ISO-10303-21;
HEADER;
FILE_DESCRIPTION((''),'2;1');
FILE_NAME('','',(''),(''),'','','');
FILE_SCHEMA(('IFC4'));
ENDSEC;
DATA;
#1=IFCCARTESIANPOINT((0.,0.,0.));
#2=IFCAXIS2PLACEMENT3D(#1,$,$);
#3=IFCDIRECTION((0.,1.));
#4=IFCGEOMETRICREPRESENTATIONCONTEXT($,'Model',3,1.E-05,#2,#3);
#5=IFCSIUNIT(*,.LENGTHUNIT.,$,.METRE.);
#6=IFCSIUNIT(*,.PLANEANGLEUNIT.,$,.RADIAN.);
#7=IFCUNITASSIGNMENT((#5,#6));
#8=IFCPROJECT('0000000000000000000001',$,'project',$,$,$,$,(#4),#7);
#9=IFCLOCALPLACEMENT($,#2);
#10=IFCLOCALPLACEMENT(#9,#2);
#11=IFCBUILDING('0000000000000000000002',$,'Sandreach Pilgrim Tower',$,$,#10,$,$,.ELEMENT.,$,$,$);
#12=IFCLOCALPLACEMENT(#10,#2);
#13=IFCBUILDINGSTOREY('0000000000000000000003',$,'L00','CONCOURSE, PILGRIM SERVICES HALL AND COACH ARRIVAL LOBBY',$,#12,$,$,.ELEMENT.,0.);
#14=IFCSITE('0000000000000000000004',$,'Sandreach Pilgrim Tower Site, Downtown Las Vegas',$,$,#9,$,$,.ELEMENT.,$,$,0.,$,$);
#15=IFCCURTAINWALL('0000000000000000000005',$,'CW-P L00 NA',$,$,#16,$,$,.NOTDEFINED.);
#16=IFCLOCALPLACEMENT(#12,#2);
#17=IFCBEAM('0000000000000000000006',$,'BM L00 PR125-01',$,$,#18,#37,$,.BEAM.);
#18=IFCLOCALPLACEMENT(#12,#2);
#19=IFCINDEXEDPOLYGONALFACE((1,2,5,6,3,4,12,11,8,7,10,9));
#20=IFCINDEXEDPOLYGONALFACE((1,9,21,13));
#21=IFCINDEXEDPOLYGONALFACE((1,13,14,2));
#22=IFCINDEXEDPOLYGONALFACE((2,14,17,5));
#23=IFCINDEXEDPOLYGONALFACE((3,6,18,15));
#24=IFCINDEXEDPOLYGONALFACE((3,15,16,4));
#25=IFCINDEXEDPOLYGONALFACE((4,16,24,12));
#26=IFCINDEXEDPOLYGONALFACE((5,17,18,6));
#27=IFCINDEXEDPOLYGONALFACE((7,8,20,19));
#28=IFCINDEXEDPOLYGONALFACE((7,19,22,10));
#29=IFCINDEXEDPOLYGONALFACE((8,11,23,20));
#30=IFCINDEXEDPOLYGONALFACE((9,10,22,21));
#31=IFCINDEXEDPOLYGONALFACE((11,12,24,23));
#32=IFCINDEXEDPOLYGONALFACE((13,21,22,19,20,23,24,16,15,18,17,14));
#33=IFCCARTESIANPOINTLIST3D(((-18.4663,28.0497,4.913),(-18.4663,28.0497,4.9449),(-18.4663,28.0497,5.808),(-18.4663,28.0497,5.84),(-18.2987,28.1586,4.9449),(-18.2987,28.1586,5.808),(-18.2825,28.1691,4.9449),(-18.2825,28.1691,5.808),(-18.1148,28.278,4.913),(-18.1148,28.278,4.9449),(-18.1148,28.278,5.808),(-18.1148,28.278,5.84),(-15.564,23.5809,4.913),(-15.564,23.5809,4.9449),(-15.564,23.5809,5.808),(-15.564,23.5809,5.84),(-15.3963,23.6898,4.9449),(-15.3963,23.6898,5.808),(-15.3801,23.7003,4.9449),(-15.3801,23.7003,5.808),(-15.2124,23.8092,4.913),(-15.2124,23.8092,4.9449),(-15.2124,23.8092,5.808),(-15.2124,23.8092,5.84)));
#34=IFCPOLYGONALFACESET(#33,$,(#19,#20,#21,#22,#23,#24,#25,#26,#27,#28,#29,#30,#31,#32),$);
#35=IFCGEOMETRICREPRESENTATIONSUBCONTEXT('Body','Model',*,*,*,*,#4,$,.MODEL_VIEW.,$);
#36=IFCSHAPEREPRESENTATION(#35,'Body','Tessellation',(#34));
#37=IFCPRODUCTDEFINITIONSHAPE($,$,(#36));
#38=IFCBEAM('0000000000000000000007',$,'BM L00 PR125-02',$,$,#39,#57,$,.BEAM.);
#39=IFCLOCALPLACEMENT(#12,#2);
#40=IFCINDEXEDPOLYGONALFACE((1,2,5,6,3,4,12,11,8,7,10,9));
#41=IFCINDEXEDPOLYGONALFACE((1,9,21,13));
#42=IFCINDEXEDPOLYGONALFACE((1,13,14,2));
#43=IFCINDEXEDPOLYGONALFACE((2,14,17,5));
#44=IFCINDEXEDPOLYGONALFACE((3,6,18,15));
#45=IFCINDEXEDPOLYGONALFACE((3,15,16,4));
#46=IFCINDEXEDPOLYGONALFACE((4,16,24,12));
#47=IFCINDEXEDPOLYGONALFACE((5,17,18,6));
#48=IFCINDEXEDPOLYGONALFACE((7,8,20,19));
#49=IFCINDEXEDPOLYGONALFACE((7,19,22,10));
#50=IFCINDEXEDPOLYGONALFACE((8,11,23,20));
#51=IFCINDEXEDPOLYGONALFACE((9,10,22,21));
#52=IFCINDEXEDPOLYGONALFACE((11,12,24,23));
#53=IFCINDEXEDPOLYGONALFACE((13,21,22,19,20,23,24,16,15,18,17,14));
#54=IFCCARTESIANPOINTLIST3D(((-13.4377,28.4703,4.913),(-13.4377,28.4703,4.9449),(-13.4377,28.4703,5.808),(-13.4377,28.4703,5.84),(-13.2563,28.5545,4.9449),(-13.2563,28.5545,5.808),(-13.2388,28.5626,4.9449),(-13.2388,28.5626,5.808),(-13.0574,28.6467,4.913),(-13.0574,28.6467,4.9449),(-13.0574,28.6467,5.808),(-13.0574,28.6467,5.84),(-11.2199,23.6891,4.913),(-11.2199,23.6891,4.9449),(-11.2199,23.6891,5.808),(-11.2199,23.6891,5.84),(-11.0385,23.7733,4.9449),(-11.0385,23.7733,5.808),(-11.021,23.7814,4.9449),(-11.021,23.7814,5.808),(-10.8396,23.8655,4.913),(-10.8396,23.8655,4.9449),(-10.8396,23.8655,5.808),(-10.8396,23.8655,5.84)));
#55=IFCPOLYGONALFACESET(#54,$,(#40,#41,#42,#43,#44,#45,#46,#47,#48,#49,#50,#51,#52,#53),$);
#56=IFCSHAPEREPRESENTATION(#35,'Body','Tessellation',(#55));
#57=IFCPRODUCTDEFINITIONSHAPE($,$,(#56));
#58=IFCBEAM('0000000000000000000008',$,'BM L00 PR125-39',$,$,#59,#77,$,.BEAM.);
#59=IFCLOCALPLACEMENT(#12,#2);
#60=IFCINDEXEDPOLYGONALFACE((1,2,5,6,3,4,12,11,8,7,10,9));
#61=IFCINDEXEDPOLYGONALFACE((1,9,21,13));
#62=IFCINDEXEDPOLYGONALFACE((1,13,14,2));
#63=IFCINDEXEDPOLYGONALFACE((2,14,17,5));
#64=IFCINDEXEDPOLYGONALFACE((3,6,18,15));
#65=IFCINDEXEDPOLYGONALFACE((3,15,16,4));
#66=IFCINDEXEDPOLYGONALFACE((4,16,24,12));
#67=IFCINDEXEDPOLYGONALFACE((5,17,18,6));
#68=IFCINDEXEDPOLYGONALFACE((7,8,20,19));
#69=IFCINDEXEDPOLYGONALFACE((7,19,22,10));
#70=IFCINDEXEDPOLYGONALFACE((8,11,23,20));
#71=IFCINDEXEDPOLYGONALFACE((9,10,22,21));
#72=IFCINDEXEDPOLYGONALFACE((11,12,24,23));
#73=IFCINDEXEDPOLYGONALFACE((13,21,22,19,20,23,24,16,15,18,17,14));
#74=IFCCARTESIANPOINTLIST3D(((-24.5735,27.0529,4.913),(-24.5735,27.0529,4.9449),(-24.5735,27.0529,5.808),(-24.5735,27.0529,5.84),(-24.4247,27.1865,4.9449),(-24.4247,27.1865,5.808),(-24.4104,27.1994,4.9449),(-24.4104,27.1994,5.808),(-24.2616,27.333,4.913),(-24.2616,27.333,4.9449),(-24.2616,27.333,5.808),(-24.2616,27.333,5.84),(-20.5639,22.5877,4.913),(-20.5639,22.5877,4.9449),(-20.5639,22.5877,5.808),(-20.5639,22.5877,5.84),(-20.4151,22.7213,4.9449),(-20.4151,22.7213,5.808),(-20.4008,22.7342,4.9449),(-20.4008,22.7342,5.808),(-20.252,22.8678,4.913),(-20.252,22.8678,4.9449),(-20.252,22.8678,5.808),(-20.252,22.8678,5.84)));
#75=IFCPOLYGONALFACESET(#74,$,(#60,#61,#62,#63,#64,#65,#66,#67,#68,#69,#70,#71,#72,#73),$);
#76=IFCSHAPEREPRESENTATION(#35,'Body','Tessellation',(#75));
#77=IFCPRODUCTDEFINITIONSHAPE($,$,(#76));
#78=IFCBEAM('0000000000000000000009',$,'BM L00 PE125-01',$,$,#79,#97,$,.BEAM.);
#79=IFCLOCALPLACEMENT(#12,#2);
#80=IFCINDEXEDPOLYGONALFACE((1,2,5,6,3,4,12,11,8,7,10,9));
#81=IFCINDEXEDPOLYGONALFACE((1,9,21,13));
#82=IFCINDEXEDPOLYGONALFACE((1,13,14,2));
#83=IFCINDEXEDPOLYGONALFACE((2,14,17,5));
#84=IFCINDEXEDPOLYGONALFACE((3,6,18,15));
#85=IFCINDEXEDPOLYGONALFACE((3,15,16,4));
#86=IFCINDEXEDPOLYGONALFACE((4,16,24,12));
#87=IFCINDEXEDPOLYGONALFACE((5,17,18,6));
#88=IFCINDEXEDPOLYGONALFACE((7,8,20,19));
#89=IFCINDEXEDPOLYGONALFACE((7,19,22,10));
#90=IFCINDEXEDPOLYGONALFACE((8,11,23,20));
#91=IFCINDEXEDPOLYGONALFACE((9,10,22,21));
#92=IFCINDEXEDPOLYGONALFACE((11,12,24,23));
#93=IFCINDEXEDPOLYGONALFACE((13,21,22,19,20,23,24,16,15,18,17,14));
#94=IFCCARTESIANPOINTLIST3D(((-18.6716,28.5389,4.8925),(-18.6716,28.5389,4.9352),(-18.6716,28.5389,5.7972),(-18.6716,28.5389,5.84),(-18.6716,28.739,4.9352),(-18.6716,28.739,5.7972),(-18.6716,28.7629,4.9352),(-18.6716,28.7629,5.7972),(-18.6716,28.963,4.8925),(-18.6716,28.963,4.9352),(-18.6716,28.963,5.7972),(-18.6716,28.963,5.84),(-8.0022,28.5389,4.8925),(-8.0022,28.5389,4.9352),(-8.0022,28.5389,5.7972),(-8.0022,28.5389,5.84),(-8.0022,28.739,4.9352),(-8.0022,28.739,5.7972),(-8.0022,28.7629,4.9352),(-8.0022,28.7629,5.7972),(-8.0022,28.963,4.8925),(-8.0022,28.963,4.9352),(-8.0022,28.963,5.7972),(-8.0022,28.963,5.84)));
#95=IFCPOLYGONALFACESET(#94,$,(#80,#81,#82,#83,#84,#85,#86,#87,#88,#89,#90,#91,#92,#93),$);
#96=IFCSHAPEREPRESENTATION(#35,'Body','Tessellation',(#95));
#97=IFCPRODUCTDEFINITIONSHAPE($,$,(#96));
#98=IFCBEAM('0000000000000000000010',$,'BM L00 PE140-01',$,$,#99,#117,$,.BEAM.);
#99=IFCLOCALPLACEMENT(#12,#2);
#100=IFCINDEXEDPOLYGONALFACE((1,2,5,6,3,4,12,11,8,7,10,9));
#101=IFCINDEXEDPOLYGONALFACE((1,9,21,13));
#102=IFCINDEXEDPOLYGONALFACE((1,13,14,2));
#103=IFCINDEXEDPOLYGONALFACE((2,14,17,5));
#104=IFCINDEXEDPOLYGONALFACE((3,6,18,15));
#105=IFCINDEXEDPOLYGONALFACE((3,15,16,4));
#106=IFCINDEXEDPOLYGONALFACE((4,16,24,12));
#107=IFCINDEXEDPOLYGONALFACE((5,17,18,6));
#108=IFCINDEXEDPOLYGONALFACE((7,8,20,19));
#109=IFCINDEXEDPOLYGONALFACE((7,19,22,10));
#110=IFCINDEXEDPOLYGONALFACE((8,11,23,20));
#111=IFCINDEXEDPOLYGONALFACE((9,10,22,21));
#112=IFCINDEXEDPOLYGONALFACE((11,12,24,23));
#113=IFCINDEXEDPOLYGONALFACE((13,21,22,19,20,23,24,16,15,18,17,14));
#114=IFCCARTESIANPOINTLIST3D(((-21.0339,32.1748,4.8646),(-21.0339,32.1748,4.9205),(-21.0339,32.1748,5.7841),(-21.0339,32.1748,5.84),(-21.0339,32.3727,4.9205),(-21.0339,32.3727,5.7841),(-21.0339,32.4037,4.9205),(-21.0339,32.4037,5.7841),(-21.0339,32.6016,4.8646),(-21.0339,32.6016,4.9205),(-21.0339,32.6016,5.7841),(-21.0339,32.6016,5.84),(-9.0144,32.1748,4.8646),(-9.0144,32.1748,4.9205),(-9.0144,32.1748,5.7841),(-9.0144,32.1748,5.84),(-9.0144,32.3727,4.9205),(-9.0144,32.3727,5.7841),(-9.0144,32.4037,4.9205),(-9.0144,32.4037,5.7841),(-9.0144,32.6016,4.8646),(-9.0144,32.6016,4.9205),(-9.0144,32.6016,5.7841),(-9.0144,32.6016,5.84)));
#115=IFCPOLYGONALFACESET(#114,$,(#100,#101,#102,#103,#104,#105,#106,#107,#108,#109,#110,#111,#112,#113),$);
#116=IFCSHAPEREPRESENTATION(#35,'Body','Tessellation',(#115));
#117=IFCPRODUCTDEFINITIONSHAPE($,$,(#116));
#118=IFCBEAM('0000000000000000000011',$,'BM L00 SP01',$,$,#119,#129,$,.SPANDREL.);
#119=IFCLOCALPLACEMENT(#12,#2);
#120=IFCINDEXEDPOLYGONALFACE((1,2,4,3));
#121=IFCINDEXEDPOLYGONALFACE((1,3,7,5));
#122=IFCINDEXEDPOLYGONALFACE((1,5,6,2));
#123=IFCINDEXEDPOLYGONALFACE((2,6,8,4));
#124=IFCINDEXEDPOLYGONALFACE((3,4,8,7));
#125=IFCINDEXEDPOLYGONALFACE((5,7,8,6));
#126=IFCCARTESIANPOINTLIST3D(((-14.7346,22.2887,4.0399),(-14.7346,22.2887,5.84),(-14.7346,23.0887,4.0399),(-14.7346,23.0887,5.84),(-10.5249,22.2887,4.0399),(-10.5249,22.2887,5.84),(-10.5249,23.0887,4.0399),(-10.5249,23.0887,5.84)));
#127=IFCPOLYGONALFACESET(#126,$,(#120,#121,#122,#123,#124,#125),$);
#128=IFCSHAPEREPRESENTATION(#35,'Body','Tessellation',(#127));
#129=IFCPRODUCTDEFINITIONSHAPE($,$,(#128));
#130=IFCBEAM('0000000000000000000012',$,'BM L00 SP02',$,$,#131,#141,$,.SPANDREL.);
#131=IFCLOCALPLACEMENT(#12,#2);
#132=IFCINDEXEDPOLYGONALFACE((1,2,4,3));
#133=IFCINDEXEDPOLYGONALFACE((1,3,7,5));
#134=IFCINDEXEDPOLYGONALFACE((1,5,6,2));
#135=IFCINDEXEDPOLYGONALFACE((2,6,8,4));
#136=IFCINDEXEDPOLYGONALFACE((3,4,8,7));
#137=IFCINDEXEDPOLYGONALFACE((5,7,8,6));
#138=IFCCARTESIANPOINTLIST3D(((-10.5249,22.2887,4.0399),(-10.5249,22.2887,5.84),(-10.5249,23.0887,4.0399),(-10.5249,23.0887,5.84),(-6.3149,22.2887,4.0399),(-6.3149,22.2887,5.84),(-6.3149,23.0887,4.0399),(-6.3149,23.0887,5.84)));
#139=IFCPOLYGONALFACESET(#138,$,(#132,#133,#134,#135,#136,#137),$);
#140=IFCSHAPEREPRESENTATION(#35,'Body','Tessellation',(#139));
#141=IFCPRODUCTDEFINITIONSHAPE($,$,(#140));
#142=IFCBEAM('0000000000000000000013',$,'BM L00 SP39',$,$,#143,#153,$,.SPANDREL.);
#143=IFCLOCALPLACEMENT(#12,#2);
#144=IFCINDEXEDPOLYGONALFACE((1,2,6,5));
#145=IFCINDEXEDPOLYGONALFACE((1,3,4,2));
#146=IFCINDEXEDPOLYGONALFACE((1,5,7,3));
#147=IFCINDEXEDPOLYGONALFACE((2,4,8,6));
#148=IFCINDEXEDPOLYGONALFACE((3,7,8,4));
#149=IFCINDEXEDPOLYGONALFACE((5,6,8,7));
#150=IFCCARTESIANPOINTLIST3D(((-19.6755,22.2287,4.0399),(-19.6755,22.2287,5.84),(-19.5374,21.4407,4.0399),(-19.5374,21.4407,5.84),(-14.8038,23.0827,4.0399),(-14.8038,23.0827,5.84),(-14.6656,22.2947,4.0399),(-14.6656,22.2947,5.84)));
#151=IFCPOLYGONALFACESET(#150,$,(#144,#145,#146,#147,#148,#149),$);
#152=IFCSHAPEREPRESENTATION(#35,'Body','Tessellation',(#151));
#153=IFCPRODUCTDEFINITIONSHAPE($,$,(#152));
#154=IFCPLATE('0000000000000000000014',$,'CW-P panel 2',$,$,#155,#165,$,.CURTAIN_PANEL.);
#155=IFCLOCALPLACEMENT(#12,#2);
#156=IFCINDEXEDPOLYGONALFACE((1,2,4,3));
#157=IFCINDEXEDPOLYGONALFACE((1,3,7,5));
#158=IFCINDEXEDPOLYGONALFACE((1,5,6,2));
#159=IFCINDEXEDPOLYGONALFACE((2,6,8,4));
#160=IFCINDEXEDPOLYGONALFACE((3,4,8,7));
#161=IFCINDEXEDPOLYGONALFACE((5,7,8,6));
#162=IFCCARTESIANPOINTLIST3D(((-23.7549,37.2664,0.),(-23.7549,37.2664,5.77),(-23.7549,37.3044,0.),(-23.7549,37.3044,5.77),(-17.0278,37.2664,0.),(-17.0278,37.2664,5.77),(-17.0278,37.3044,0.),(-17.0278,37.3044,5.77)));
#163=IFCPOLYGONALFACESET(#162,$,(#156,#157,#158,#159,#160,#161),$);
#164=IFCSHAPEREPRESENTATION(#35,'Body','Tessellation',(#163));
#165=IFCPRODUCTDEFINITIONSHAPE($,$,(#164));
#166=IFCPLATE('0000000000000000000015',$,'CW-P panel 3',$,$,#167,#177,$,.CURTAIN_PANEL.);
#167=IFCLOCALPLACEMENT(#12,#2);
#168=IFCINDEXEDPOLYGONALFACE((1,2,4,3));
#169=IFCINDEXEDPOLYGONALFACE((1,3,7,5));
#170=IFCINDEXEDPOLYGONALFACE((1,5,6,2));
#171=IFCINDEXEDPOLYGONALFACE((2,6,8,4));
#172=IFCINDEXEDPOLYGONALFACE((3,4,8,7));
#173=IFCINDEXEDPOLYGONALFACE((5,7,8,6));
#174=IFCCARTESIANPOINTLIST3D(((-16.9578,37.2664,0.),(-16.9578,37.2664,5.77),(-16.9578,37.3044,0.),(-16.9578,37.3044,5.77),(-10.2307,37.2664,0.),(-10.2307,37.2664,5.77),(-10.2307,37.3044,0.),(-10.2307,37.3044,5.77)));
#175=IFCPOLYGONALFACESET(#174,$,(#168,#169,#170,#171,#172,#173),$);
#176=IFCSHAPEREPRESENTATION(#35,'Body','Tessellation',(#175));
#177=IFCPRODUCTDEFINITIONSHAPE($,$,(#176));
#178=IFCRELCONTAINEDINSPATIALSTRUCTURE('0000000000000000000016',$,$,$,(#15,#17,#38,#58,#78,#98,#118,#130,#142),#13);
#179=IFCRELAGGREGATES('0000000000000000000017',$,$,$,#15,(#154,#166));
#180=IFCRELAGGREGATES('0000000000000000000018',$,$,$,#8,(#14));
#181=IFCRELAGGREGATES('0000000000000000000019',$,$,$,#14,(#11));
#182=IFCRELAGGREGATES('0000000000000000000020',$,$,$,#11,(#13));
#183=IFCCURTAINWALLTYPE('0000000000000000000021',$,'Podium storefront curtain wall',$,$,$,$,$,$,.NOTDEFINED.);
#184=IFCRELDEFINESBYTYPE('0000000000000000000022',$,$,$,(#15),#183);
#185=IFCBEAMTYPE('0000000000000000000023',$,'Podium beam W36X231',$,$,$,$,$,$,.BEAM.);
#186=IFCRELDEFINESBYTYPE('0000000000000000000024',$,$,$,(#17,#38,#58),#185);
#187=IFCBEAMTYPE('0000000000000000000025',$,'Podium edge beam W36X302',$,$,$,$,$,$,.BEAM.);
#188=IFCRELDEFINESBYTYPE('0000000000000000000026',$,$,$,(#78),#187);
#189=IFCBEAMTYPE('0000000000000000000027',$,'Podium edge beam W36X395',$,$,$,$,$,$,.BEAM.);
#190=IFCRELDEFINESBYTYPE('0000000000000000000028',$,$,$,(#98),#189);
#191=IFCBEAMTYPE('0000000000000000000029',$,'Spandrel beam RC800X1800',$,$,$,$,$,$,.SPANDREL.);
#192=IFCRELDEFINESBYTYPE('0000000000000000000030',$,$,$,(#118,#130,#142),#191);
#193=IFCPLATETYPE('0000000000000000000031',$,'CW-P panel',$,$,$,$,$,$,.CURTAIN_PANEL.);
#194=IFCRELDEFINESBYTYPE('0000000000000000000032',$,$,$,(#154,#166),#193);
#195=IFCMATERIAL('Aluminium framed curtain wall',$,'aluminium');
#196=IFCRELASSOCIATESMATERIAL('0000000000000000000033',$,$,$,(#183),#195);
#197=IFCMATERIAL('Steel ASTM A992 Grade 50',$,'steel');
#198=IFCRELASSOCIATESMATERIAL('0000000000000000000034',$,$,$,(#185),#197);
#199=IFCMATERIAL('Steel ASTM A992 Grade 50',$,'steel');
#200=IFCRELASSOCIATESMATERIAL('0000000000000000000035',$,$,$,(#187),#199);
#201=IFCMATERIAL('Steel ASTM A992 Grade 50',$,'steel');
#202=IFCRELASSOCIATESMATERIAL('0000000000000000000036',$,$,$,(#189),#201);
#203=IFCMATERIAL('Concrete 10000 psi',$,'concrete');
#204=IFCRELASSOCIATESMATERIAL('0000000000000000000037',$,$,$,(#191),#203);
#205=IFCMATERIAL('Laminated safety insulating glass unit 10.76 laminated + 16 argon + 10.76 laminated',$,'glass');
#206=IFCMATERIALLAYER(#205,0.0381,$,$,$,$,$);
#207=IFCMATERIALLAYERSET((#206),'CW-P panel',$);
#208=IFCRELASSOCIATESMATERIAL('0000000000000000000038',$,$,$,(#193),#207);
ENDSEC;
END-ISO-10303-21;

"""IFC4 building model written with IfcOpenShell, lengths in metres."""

from ifc_helpers import new_model, si_unit, direction, frame, origin, origin_2d, place, context, subcontext, project, spatial, rectangle, i_section, extrude, material, layer, layer_set, material_profile, profile_set, type_object, element, aggregate, save


model = new_model("IFC4")

# Units and contexts
model_context = context("Model", 3, precision=1e-05, world=origin(), true_north=direction((0.0, 1.0)))
body_context = subcontext(model_context, "Body", "Model", "MODEL_VIEW")
ifc_project = project(units=[si_unit("LENGTHUNIT", "METRE"), si_unit("PLANEANGLEUNIT", "RADIAN")], contexts=[model_context])

# Site, building, storey
site_placement = place(None, origin())
site = spatial("IfcSite", under=ifc_project, at=site_placement, Name="Sandreach Pilgrim Tower Site, Downtown Las Vegas", CompositionType="ELEMENT", RefElevation=0.0)
building_placement = place(site_placement, origin())
building = spatial("IfcBuilding", under=site, at=building_placement, Name="Sandreach Pilgrim Tower", CompositionType="ELEMENT")
storey_placement = place(building_placement, origin())
storey = spatial("IfcBuildingStorey", under=building, at=storey_placement, Name="L00", Description="CONCOURSE, PILGRIM SERVICES HALL AND COACH ARRIVAL LOBBY", CompositionType="ELEMENT", Elevation=0.0)

# Curtain wall
ifc_material_1 = material(Name="Aluminium framed curtain wall", Category="aluminium")
curtain_wall_type = type_object("IfcCurtainWallType", Name="Podium storefront curtain wall", PredefinedType="NOTDEFINED", material=ifc_material_1)
curtain_wall_placement = place(storey_placement, origin())
curtain_wall = element("IfcCurtainWall", 1, at=curtain_wall_placement, inside=storey, type_object=curtain_wall_type, Name="CW-P L00 NA", PredefinedType="NOTDEFINED")

# Beams
ifc_material_2 = material(Name="Steel ASTM A992 Grade 50", Category="steel")
ifc_material_profile_1 = material_profile(ifc_material_2, i_section(OverallWidth=0.4192, OverallDepth=0.927, WebThickness=0.0193, FlangeThickness=0.032, at=origin_2d()), Name="W36X231")
ifc_profile_set_1 = profile_set([ifc_material_profile_1], Name="Steel ASTM A992 Grade 50")
beam_type_1 = type_object("IfcBeamType", Name="Podium beam W36X231", PredefinedType="BEAM", material=ifc_profile_set_1)
beam_1_placement = place(storey_placement, frame((-15.3882, 23.6951, 5.3765), z_axis=(-0.544679, 0.838645, 0.0), x_axis=(-0.838645, -0.544679, 0.0)))
element("IfcBeam", 2, at=beam_1_placement, inside=storey, type_object=beam_type_1, Name="BM L00 PR125-01", PredefinedType="BEAM", context=body_context, shape_type="SweptSolid", body=[
    extrude(i_section(OverallWidth=0.4192, OverallDepth=0.927, WebThickness=0.0193, FlangeThickness=0.032, at=origin_2d()), origin(), (0.0, 0.0, 1.0), 5.3286),
])
beam_2_placement = place(storey_placement, frame((-11.0298, 23.7773, 5.3765), z_axis=(-0.420785, 0.907161, 0.0), x_axis=(-0.907161, -0.420785, 0.0)))
element("IfcBeam", 3, at=beam_2_placement, inside=storey, type_object=beam_type_1, Name="BM L00 PR125-02", PredefinedType="BEAM", context=body_context, shape_type="SweptSolid", body=[
    extrude(i_section(OverallWidth=0.4192, OverallDepth=0.927, WebThickness=0.0193, FlangeThickness=0.032, at=origin_2d()), origin(), (0.0, 0.0, 1.0), 5.2705),
])
beam_3_placement = place(storey_placement, frame((-20.408, 22.7278, 5.3765), z_axis=(-0.66813, 0.744044, 0.0), x_axis=(-0.744044, -0.66813, 0.0)))
element("IfcBeam", 4, at=beam_3_placement, inside=storey, type_object=beam_type_1, Name="BM L00 PR125-39", PredefinedType="BEAM", context=body_context, shape_type="SweptSolid", body=[
    extrude(i_section(OverallWidth=0.4192, OverallDepth=0.927, WebThickness=0.0193, FlangeThickness=0.032, at=origin_2d()), origin(), (0.0, 0.0, 1.0), 6.0012),
])
ifc_material_3 = material(Name="Steel ASTM A992 Grade 50", Category="steel")
ifc_material_profile_2 = material_profile(ifc_material_3, i_section(OverallWidth=0.4241, OverallDepth=0.9475, WebThickness=0.0239, FlangeThickness=0.0427, at=origin_2d()), Name="W36X302")
ifc_profile_set_2 = profile_set([ifc_material_profile_2], Name="Steel ASTM A992 Grade 50")
beam_type_2 = type_object("IfcBeamType", Name="Podium edge beam W36X302", PredefinedType="BEAM", material=ifc_profile_set_2)
beam_4_placement = place(storey_placement, frame((-18.6716, 28.751, 5.3662), z_axis=(1.0, 0.0, 0.0), x_axis=(0.0, 1.0, 0.0)))
element("IfcBeam", 5, at=beam_4_placement, inside=storey, type_object=beam_type_2, Name="BM L00 PE125-01", PredefinedType="BEAM", context=body_context, shape_type="SweptSolid", body=[
    extrude(i_section(OverallWidth=0.4241, OverallDepth=0.9475, WebThickness=0.0239, FlangeThickness=0.0427, at=origin_2d()), origin(), (0.0, 0.0, 1.0), 10.6694),
])
ifc_material_4 = material(Name="Steel ASTM A992 Grade 50", Category="steel")
ifc_material_profile_3 = material_profile(ifc_material_4, i_section(OverallWidth=0.4268, OverallDepth=0.9753, WebThickness=0.031, FlangeThickness=0.0559, at=origin_2d()), Name="W36X395")
ifc_profile_set_3 = profile_set([ifc_material_profile_3], Name="Steel ASTM A992 Grade 50")
beam_type_3 = type_object("IfcBeamType", Name="Podium edge beam W36X395", PredefinedType="BEAM", material=ifc_profile_set_3)
beam_5_placement = place(storey_placement, frame((-21.0339, 32.3882, 5.3523), z_axis=(1.0, 0.0, 0.0), x_axis=(0.0, 1.0, 0.0)))
element("IfcBeam", 6, at=beam_5_placement, inside=storey, type_object=beam_type_3, Name="BM L00 PE140-01", PredefinedType="BEAM", context=body_context, shape_type="SweptSolid", body=[
    extrude(i_section(OverallWidth=0.4268, OverallDepth=0.9753, WebThickness=0.031, FlangeThickness=0.0559, at=origin_2d()), origin(), (0.0, 0.0, 1.0), 12.0195),
])
ifc_material_5 = material(Name="Concrete 10000 psi", Category="concrete")
ifc_material_profile_4 = material_profile(ifc_material_5, rectangle(XDim=0.8, YDim=1.8, at=origin_2d()), Name="RC800X1800")
ifc_profile_set_4 = profile_set([ifc_material_profile_4], Name="Concrete 10000 psi")
beam_type_4 = type_object("IfcBeamType", Name="Spandrel beam RC800X1800", PredefinedType="SPANDREL", material=ifc_profile_set_4)
beam_6_placement = place(storey_placement, frame((-14.7346, 22.6887, 4.9399), z_axis=(1.0, 0.0, 0.0), x_axis=(0.0, 1.0, 0.0)))
element("IfcBeam", 7, at=beam_6_placement, inside=storey, type_object=beam_type_4, Name="BM L00 SP01", PredefinedType="SPANDREL", context=body_context, shape_type="SweptSolid", body=[
    extrude(rectangle(XDim=0.8, YDim=1.8, at=origin_2d()), origin(), (0.0, 0.0, 1.0), 4.2097),
])
beam_7_placement = place(storey_placement, frame((-10.5249, 22.6887, 4.9399), z_axis=(1.0, 0.0, 0.0), x_axis=(0.0, 1.0, 0.0)))
element("IfcBeam", 8, at=beam_7_placement, inside=storey, type_object=beam_type_4, Name="BM L00 SP02", PredefinedType="SPANDREL", context=body_context, shape_type="SweptSolid", body=[
    extrude(rectangle(XDim=0.8, YDim=1.8, at=origin_2d()), origin(), (0.0, 0.0, 1.0), 4.21),
])
beam_8_placement = place(storey_placement, frame((-19.6064, 21.8347, 4.9399), z_axis=(0.984981, 0.172662, 0.0), x_axis=(-0.172662, 0.984981, 0.0)))
element("IfcBeam", 9, at=beam_8_placement, inside=storey, type_object=beam_type_4, Name="BM L00 SP39", PredefinedType="SPANDREL", context=body_context, shape_type="SweptSolid", body=[
    extrude(rectangle(XDim=0.8, YDim=1.8, at=origin_2d()), origin(), (0.0, 0.0, 1.0), 4.946),
])

# Plates
ifc_material_6 = material(Name="Laminated safety insulating glass unit 10.76 laminated + 16 argon + 10.76 laminated", Category="glass")
ifc_layer_1 = layer(ifc_material_6, 0.0381)
ifc_layer_set_1 = layer_set([ifc_layer_1], Name="CW-P panel")
plate_type = type_object("IfcPlateType", Name="CW-P panel", PredefinedType="CURTAIN_PANEL", material=ifc_layer_set_1)
plate_1_placement = place(storey_placement, frame((-20.3914, 37.2854, 0.0), z_axis=(0.0, 0.0, 1.0), x_axis=(1.0, 0.0, 0.0)))
plate_1 = element("IfcPlate", 10, at=plate_1_placement, type_object=plate_type, Name="CW-P panel 2", PredefinedType="CURTAIN_PANEL", context=body_context, shape_type="SweptSolid", body=[
    extrude(rectangle(XDim=6.7271, YDim=0.0381, at=origin_2d()), origin(), (0.0, 0.0, 1.0), 5.77),
])
plate_2_placement = place(storey_placement, frame((-13.5942, 37.2854, 0.0), z_axis=(0.0, 0.0, 1.0), x_axis=(1.0, 0.0, 0.0)))
plate_2 = element("IfcPlate", 11, at=plate_2_placement, type_object=plate_type, Name="CW-P panel 3", PredefinedType="CURTAIN_PANEL", context=body_context, shape_type="SweptSolid", body=[
    extrude(rectangle(XDim=6.7271, YDim=0.0381, at=origin_2d()), origin(), (0.0, 0.0, 1.0), 5.77),
])
aggregate(curtain_wall, [plate_1, plate_2])

save(model, "model.ifc")
